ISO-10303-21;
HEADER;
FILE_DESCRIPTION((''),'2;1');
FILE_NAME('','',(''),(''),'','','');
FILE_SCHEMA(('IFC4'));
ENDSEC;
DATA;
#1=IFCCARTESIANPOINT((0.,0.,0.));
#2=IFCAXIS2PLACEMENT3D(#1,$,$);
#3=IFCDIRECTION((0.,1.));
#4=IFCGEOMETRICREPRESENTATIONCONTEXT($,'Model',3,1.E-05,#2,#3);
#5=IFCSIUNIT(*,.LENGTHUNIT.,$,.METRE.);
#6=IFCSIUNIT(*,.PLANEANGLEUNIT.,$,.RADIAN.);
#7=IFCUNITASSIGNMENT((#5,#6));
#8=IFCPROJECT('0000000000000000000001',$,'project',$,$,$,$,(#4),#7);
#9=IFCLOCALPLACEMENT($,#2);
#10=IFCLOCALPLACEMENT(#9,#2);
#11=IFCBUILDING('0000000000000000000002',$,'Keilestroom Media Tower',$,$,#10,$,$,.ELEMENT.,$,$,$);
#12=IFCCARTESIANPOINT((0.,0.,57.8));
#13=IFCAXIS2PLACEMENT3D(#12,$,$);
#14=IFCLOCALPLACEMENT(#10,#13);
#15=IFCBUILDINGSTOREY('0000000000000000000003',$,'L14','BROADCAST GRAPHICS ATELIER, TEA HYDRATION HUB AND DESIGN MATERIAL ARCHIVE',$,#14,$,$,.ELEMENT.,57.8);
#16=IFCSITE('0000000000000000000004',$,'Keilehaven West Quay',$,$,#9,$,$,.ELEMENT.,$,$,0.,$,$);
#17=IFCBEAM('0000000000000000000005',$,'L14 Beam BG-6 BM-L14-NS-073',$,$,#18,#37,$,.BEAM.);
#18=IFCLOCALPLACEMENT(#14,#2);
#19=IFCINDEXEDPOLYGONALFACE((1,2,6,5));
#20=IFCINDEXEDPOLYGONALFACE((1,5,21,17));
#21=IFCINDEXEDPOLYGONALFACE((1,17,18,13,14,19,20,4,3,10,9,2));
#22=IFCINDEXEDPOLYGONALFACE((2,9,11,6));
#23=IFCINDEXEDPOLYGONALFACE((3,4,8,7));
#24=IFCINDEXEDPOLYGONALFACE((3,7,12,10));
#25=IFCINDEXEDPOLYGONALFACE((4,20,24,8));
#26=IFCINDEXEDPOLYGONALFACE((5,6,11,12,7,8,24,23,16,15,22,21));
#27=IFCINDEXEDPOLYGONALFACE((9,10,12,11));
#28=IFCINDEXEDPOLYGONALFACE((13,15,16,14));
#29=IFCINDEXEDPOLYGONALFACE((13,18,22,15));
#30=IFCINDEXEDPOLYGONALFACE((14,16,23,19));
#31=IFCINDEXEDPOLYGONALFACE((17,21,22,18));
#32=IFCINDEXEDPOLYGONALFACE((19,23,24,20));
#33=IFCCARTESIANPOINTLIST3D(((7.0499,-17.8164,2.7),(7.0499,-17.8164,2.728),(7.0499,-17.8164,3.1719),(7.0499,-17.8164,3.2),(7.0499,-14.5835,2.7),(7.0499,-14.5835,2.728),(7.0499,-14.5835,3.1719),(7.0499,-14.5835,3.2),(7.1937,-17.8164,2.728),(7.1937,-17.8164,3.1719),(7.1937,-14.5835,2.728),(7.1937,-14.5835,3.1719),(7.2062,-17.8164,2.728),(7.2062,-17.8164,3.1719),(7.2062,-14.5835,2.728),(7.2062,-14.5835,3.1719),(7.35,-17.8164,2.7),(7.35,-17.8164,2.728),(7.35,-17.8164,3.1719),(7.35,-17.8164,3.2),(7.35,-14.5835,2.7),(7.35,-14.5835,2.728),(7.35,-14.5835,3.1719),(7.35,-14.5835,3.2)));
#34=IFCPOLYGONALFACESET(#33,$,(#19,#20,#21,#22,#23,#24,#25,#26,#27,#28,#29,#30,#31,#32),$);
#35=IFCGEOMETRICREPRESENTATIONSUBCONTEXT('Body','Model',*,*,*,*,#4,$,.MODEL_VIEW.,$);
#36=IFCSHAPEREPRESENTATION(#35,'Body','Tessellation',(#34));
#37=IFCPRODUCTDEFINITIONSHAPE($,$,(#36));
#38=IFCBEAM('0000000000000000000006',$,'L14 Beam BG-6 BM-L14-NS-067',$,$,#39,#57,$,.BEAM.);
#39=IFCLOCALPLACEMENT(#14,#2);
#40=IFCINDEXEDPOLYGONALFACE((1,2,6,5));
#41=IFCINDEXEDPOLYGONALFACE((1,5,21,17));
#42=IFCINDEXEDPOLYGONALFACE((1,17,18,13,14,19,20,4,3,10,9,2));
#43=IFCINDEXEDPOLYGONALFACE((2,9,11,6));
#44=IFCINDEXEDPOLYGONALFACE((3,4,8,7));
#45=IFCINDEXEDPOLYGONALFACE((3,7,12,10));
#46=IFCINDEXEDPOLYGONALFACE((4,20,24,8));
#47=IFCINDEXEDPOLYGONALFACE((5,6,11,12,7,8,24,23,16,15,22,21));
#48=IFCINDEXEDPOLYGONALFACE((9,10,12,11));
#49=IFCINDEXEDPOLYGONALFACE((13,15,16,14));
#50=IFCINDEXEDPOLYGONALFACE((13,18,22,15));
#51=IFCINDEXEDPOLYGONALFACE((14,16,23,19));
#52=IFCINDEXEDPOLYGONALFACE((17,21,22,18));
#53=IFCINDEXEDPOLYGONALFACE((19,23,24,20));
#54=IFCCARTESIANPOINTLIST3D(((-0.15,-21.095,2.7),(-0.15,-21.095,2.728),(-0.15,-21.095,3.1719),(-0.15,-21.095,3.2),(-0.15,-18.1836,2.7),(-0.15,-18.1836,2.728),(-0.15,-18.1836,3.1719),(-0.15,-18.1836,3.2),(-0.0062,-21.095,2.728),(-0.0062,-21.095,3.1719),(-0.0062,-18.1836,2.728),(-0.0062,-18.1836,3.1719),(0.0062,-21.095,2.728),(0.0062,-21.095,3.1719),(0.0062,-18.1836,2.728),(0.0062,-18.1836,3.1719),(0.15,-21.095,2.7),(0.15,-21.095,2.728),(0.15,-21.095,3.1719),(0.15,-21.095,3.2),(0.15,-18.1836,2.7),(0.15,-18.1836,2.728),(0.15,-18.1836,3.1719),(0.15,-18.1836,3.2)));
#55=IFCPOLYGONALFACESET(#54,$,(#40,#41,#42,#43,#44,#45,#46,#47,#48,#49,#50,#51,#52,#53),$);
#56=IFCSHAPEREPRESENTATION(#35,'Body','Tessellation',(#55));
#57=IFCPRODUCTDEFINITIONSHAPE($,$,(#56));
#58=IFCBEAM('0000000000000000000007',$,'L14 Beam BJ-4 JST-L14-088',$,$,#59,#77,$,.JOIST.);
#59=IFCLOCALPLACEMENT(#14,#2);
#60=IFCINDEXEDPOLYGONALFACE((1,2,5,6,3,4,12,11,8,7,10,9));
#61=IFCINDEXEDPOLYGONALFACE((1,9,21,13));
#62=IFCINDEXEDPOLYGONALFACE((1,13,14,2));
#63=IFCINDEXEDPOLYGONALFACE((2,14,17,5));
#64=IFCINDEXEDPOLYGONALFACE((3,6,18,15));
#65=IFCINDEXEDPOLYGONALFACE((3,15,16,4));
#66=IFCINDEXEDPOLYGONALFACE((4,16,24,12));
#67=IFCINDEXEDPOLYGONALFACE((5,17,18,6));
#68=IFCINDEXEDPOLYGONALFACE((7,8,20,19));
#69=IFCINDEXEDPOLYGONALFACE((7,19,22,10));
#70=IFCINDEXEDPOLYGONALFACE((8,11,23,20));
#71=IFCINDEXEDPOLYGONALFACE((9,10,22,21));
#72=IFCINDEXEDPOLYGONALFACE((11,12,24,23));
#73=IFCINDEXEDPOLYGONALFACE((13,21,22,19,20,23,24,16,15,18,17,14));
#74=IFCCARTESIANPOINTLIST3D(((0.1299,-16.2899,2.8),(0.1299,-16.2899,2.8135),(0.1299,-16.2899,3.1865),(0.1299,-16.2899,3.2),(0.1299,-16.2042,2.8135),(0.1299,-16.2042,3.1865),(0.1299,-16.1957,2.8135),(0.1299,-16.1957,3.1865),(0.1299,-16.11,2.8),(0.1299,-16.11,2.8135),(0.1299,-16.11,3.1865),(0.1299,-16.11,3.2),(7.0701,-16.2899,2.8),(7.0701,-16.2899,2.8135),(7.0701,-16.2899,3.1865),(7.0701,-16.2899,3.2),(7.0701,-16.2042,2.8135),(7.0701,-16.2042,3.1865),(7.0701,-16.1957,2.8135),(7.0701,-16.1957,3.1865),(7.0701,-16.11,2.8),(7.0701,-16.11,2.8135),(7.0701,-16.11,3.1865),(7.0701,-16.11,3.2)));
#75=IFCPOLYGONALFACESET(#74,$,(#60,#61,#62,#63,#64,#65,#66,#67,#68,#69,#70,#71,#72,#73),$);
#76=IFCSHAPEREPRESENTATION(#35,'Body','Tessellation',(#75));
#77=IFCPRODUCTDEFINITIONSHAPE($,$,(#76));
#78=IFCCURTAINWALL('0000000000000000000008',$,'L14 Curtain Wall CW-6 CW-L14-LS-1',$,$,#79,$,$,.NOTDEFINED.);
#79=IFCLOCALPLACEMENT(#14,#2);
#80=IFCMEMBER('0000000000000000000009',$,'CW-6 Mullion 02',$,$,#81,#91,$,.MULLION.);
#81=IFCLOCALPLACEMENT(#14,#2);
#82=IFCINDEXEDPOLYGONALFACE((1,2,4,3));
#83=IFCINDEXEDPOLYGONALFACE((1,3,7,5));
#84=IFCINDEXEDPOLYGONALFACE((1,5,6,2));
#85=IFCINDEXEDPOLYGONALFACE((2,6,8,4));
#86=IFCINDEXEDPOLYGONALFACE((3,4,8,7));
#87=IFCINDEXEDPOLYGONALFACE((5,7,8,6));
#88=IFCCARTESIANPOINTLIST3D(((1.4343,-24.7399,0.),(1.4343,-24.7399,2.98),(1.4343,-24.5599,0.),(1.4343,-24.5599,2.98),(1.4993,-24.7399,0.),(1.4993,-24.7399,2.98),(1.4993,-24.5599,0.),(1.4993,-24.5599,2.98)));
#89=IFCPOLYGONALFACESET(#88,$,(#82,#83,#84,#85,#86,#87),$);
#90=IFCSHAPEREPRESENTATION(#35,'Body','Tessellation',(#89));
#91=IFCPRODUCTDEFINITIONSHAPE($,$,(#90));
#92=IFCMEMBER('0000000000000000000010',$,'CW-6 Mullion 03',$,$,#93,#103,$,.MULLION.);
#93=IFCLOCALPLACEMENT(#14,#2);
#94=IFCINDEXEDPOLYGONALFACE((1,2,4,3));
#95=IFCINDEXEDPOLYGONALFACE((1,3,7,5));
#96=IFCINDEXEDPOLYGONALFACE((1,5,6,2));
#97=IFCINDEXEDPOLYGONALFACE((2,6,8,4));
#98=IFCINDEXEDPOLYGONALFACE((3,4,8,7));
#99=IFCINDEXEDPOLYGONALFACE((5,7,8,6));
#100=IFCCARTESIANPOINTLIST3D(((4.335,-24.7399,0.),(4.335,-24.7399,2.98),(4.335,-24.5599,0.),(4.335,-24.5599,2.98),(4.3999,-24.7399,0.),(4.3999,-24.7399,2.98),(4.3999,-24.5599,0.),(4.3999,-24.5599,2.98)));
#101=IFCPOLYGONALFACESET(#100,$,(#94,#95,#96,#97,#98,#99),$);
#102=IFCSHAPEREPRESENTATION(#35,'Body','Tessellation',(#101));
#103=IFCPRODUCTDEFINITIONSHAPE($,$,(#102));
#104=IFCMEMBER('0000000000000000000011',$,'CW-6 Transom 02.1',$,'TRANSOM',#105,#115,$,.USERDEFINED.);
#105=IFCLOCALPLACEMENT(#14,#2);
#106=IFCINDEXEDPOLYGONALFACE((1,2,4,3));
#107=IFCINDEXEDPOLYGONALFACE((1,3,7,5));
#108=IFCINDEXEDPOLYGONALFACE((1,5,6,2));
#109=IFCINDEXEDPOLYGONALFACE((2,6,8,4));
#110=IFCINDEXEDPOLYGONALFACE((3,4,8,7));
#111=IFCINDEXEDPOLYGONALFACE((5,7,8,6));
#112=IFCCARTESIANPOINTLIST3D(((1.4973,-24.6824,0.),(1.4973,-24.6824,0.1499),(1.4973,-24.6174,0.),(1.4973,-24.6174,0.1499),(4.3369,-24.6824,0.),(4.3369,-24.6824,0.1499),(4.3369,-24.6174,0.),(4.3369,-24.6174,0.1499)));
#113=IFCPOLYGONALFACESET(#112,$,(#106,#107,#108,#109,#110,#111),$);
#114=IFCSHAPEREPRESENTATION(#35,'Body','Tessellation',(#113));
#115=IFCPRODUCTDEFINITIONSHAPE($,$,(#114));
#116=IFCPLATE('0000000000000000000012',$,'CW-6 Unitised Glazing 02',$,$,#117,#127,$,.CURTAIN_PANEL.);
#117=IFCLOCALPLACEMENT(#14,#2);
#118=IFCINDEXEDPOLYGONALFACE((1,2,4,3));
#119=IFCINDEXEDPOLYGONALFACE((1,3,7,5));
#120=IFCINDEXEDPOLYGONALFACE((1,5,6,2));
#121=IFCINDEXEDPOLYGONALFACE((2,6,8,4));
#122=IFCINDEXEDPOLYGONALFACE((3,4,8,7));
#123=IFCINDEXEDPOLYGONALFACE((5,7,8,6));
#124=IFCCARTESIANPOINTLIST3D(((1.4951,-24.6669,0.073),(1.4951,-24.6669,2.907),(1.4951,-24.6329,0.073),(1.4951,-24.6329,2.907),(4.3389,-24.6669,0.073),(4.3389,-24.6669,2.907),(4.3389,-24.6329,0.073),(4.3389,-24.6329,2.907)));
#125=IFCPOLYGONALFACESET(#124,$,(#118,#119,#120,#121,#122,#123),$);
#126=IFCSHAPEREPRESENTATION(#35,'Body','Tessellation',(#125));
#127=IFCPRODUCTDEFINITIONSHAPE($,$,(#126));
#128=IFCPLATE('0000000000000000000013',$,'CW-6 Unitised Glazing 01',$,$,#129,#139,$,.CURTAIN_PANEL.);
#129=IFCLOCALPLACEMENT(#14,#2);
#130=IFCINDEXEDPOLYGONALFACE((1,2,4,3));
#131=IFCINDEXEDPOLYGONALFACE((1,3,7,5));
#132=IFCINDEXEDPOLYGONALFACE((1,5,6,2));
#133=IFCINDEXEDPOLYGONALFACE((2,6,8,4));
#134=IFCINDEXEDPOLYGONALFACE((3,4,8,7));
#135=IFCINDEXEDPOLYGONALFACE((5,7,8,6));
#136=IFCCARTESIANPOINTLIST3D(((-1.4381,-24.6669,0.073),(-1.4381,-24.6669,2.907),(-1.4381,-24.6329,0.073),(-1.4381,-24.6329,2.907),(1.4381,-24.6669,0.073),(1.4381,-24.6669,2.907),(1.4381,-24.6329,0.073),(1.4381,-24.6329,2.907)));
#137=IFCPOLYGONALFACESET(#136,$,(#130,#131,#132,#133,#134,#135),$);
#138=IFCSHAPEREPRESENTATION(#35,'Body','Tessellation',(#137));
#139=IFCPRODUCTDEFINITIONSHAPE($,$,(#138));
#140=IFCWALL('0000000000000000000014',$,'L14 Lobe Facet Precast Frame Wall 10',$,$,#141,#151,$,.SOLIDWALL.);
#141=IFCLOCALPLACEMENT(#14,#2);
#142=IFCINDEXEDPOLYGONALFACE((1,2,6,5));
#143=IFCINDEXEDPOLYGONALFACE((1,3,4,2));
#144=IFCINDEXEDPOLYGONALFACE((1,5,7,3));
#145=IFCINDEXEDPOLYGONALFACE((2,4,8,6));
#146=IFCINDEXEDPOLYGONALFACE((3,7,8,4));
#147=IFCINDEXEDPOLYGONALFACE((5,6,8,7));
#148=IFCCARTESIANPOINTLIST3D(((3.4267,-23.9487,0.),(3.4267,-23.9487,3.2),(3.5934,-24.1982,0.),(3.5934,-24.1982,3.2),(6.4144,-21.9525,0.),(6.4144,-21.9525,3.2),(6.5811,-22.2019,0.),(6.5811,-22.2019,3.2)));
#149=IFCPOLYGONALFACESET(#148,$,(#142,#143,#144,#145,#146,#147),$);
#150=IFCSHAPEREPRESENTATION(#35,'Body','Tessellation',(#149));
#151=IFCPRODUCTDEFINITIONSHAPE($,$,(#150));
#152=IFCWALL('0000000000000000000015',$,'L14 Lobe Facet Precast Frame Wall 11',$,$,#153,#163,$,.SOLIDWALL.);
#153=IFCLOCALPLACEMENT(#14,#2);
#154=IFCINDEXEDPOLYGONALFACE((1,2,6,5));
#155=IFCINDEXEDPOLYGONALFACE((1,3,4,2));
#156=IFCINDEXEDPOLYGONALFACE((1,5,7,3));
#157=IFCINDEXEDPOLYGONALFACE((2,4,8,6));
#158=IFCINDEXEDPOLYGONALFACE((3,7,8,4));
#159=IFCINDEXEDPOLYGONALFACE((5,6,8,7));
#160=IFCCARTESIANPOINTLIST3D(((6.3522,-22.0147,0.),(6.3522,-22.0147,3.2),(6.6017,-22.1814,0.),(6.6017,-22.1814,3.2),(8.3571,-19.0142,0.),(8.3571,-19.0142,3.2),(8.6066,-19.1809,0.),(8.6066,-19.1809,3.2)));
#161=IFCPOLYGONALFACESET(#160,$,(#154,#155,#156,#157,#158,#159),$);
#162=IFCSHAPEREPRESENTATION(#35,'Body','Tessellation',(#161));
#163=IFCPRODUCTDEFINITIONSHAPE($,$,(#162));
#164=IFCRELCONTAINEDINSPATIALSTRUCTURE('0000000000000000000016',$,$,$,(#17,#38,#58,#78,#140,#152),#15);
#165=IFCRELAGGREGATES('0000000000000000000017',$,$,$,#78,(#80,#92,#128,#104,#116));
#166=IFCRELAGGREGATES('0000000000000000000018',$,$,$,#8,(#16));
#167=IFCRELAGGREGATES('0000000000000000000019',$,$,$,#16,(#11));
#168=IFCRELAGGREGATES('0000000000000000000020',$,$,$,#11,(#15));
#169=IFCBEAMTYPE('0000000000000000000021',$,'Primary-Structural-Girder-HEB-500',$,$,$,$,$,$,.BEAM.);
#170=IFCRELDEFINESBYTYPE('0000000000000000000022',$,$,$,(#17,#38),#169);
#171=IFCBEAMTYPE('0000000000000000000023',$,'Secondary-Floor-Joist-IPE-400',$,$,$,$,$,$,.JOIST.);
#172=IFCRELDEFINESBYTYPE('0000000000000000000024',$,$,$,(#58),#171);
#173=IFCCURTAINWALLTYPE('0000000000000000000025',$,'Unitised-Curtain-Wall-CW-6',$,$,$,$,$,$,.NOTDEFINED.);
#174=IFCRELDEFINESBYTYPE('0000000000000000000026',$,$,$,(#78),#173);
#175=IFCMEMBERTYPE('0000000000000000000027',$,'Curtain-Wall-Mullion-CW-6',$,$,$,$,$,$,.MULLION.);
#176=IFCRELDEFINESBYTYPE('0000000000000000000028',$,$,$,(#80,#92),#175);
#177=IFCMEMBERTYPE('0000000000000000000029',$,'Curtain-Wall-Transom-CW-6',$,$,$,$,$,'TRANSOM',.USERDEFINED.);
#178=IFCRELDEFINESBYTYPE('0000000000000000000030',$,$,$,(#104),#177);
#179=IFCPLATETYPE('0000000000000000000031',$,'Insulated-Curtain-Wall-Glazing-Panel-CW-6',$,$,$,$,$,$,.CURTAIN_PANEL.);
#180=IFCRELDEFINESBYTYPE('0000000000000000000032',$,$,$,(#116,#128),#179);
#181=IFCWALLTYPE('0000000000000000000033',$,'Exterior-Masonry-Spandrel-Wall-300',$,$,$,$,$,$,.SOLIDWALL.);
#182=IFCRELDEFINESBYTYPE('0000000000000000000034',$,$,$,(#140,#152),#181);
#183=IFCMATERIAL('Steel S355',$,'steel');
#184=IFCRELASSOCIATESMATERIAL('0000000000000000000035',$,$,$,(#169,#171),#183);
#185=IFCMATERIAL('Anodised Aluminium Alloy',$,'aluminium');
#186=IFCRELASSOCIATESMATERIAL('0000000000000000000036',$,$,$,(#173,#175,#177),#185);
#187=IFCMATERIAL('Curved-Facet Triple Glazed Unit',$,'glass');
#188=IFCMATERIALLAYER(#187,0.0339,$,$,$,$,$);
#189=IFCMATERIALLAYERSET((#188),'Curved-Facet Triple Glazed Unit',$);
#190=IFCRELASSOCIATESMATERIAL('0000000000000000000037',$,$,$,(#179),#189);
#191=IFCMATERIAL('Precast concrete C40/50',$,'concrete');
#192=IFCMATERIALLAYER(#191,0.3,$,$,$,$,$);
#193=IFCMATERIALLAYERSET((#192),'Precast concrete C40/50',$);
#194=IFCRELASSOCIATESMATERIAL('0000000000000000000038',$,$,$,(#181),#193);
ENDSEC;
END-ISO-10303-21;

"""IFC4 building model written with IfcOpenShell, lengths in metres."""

from ifc_helpers import new_model, si_unit, direction, frame, frame_2d, origin, origin_2d, place, context, subcontext, project, spatial, rectangle, i_section, extrude, source, transform, mapped, material, layer, layer_set, material_profile, profile_set, type_object, element, aggregate, save


model = new_model("IFC4")

# Units and contexts
model_context = context("Model", 3, precision=1e-05, world=origin(), true_north=direction((0.0, 1.0)))
body_context = subcontext(model_context, "Body", "Model", "MODEL_VIEW")
ifc_project = project(units=[si_unit("LENGTHUNIT", "METRE"), si_unit("PLANEANGLEUNIT", "RADIAN")], contexts=[model_context])

# Site, building, storey
site_placement = place(None, origin())
site = spatial("IfcSite", under=ifc_project, at=site_placement, Name="Keilehaven West Quay", CompositionType="ELEMENT", RefElevation=0.0)
building_placement = place(site_placement, origin())
building = spatial("IfcBuilding", under=site, at=building_placement, Name="Keilestroom Media Tower", CompositionType="ELEMENT")
storey_placement = place(building_placement, frame((0.0, 0.0, 57.8)))
storey = spatial("IfcBuildingStorey", under=building, at=storey_placement, Name="L14", Description="BROADCAST GRAPHICS ATELIER, TEA HYDRATION HUB AND DESIGN MATERIAL ARCHIVE", CompositionType="ELEMENT", Elevation=57.8)

# Beams
ifc_material_1 = material(Name="Steel S355", Category="steel")
ifc_material_profile_1 = material_profile(ifc_material_1, i_section(OverallWidth=0.3, OverallDepth=0.5, WebThickness=0.0125, FlangeThickness=0.0281, at=origin_2d()), Name="HEB 500")
ifc_profile_set_1 = profile_set([ifc_material_profile_1], Name="Steel S355")
beam_type_1 = type_object("IfcBeamType", Name="Primary-Structural-Girder-HEB-500", PredefinedType="BEAM", material=ifc_profile_set_1)
shared_shape_1 = source(origin(), body_context, "Body", "SweptSolid", [
    extrude(i_section(OverallWidth=0.3, OverallDepth=0.5, WebThickness=0.0125, FlangeThickness=0.0281, at=origin_2d()), origin(), (0.0, 0.0, 1.0), 3.2329),
])
for number, where, z_axis, x_axis, name in (
    (1, (7.2, -17.8164, 2.95), (0.0, 1.0, 0.0), (-1.0, 0.0, 0.0), "L14 Beam BG-6 BM-L14-NS-073"),
):
    element("IfcBeam", number, at=place(storey_placement, frame(where, z_axis=z_axis, x_axis=x_axis)), inside=storey, type_object=beam_type_1, Name=name, PredefinedType="BEAM", context=body_context, shape_type="MappedRepresentation", body=[
        mapped(shared_shape_1, transform((0.0, 0.0, 0.0), x_axis=(1.0, 0.0, 0.0), y_axis=(0.0, 1.0, 0.0), z_axis=(0.0, 0.0, 1.0), scale=1.0)),
    ])
shared_shape_2 = source(origin(), body_context, "Body", "SweptSolid", [
    extrude(i_section(OverallWidth=0.3, OverallDepth=0.5, WebThickness=0.0125, FlangeThickness=0.0281, at=origin_2d()), origin(), (0.0, 0.0, 1.0), 2.9114),
])
beam_1_placement = place(storey_placement, frame((0.0, -21.095, 2.95), z_axis=(0.0, 1.0, 0.0), x_axis=(-1.0, 0.0, 0.0)))
element("IfcBeam", 2, at=beam_1_placement, inside=storey, type_object=beam_type_1, Name="L14 Beam BG-6 BM-L14-NS-067", PredefinedType="BEAM", context=body_context, shape_type="MappedRepresentation", body=[
    mapped(shared_shape_2, transform((0.0, 0.0, 0.0), x_axis=(1.0, 0.0, 0.0), y_axis=(0.0, 1.0, 0.0), z_axis=(0.0, 0.0, 1.0), scale=1.0)),
])
ifc_material_profile_2 = material_profile(ifc_material_1, i_section(OverallWidth=0.1799, OverallDepth=0.3999, WebThickness=0.0085, FlangeThickness=0.0134, at=origin_2d()), Name="IPE 400")
ifc_profile_set_2 = profile_set([ifc_material_profile_2], Name="Steel S355")
beam_type_2 = type_object("IfcBeamType", Name="Secondary-Floor-Joist-IPE-400", PredefinedType="JOIST", material=ifc_profile_set_2)
shared_shape_3 = source(origin(), body_context, "Body", "SweptSolid", [
    extrude(i_section(OverallWidth=0.1799, OverallDepth=0.3999, WebThickness=0.0085, FlangeThickness=0.0134, at=origin_2d()), origin(), (0.0, 0.0, 1.0), 6.9402),
])
beam_2_placement = place(storey_placement, frame((0.1299, -16.2, 3.0), z_axis=(1.0, 0.0, 0.0), x_axis=(0.0, 1.0, 0.0)))
element("IfcBeam", 3, at=beam_2_placement, inside=storey, type_object=beam_type_2, Name="L14 Beam BJ-4 JST-L14-088", PredefinedType="JOIST", context=body_context, shape_type="MappedRepresentation", body=[
    mapped(shared_shape_3, transform((0.0, 0.0, 0.0), x_axis=(1.0, 0.0, 0.0), y_axis=(0.0, 1.0, 0.0), z_axis=(0.0, 0.0, 1.0), scale=1.0)),
])

# Curtain wall, members, plates
ifc_material_2 = material(Name="Anodised Aluminium Alloy", Category="aluminium")
curtain_wall_type = type_object("IfcCurtainWallType", Name="Unitised-Curtain-Wall-CW-6", PredefinedType="NOTDEFINED", material=ifc_material_2)
curtain_wall_placement = place(storey_placement, origin())
curtain_wall = element("IfcCurtainWall", 4, at=curtain_wall_placement, inside=storey, type_object=curtain_wall_type, Name="L14 Curtain Wall CW-6 CW-L14-LS-1", PredefinedType="NOTDEFINED")
ifc_material_profile_3 = material_profile(ifc_material_2, rectangle(XDim=0.0649, YDim=0.1799, at=origin_2d()), Name="ALU MULLION 65x180")
ifc_profile_set_3 = profile_set([ifc_material_profile_3], Name="Anodised Aluminium Alloy")
member_type_1 = type_object("IfcMemberType", Name="Curtain-Wall-Mullion-CW-6", PredefinedType="MULLION", material=ifc_profile_set_3)
shared_shape_4 = source(origin(), body_context, "Body", "SweptSolid", [
    extrude(rectangle(XDim=0.0649, YDim=0.1799, at=origin_2d()), origin(), (0.0, 0.0, 1.0), 2.98),
])
member_1_placement = place(storey_placement, frame((1.4668, -24.6499, 0.0), z_axis=(0.0, 0.0, 1.0), x_axis=(1.0, 0.0, 0.0)))
member_1 = element("IfcMember", 5, at=member_1_placement, type_object=member_type_1, Name="CW-6 Mullion 02", PredefinedType="MULLION", context=body_context, shape_type="MappedRepresentation", body=[
    mapped(shared_shape_4, transform((0.0, 0.0, 0.0), x_axis=(1.0, 0.0, 0.0), y_axis=(0.0, 1.0, 0.0), z_axis=(0.0, 0.0, 1.0), scale=1.0)),
])
member_2_placement = place(storey_placement, frame((4.3674, -24.6499, 0.0), z_axis=(0.0, 0.0, 1.0), x_axis=(1.0, 0.0, 0.0)))
member_2 = element("IfcMember", 6, at=member_2_placement, type_object=member_type_1, Name="CW-6 Mullion 03", PredefinedType="MULLION", context=body_context, shape_type="MappedRepresentation", body=[
    mapped(shared_shape_4, transform((0.0, 0.0, 0.0), x_axis=(1.0, 0.0, 0.0), y_axis=(0.0, 1.0, 0.0), z_axis=(0.0, 0.0, 1.0), scale=1.0)),
])
ifc_material_profile_4 = material_profile(ifc_material_2, rectangle(XDim=0.0649, YDim=0.1499, at=origin_2d()), Name="ALU TRANSOM 65x150")
ifc_profile_set_4 = profile_set([ifc_material_profile_4], Name="Anodised Aluminium Alloy")
member_type_2 = type_object("IfcMemberType", Name="Curtain-Wall-Transom-CW-6", ElementType="TRANSOM", PredefinedType="USERDEFINED", material=ifc_profile_set_4)
shared_shape_5 = source(origin(), body_context, "Body", "SweptSolid", [
    extrude(rectangle(XDim=0.0649, YDim=0.1499, at=origin_2d()), origin(), (0.0, 0.0, 1.0), 2.8396),
])
member_3_placement = place(storey_placement, frame((1.4973, -24.6499, 0.075), z_axis=(1.0, 0.0, 0.0), x_axis=(0.0, 1.0, 0.0)))
member_3 = element("IfcMember", 7, at=member_3_placement, type_object=member_type_2, Name="CW-6 Transom 02.1", ObjectType="TRANSOM", PredefinedType="USERDEFINED", context=body_context, shape_type="MappedRepresentation", body=[
    mapped(shared_shape_5, transform((0.0, 0.0, 0.0), x_axis=(1.0, 0.0, 0.0), y_axis=(0.0, 1.0, 0.0), z_axis=(0.0, 0.0, 1.0), scale=1.0)),
])
ifc_material_3 = material(Name="Curved-Facet Triple Glazed Unit", Category="glass")
ifc_layer_1 = layer(ifc_material_3, 0.0339)
ifc_layer_set_1 = layer_set([ifc_layer_1], Name="Curved-Facet Triple Glazed Unit")
plate_type = type_object("IfcPlateType", Name="Insulated-Curtain-Wall-Glazing-Panel-CW-6", PredefinedType="CURTAIN_PANEL", material=ifc_layer_set_1)
shared_shape_6 = source(origin(), body_context, "Body", "SweptSolid", [
    extrude(rectangle(XDim=2.8438, YDim=0.0339, at=origin_2d()), origin(), (0.0, 0.0, 1.0), 2.834),
])
plate_1_placement = place(storey_placement, frame((2.917, -24.6499, 0.073), z_axis=(0.0, 0.0, 1.0), x_axis=(1.0, 0.0, 0.0)))
plate_1 = element("IfcPlate", 8, at=plate_1_placement, type_object=plate_type, Name="CW-6 Unitised Glazing 02", PredefinedType="CURTAIN_PANEL", context=body_context, shape_type="MappedRepresentation", body=[
    mapped(shared_shape_6, transform((0.0, 0.0, 0.0), x_axis=(1.0, 0.0, 0.0), y_axis=(0.0, 1.0, 0.0), z_axis=(0.0, 0.0, 1.0), scale=1.0)),
])
shared_shape_7 = source(origin(), body_context, "Body", "SweptSolid", [
    extrude(rectangle(XDim=2.8762, YDim=0.0339, at=origin_2d()), origin(), (0.0, 0.0, 1.0), 2.834),
])
plate_2_placement = place(storey_placement, frame((0.0, -24.6499, 0.073), z_axis=(0.0, 0.0, 1.0), x_axis=(1.0, 0.0, 0.0)))
plate_2 = element("IfcPlate", 9, at=plate_2_placement, type_object=plate_type, Name="CW-6 Unitised Glazing 01", PredefinedType="CURTAIN_PANEL", context=body_context, shape_type="MappedRepresentation", body=[
    mapped(shared_shape_7, transform((0.0, 0.0, 0.0), x_axis=(1.0, 0.0, 0.0), y_axis=(0.0, 1.0, 0.0), z_axis=(0.0, 0.0, 1.0), scale=1.0)),
])
aggregate(curtain_wall, [member_1, member_2, plate_2, member_3, plate_1])

# Walls
ifc_material_4 = material(Name="Precast concrete C40/50", Category="concrete")
ifc_layer_2 = layer(ifc_material_4, 0.3)
ifc_layer_set_2 = layer_set([ifc_layer_2], Name="Precast concrete C40/50")
wall_type_1 = type_object("IfcWallType", Name="Exterior-Masonry-Spandrel-Wall-300", PredefinedType="SOLIDWALL", material=ifc_layer_set_2)
wall_1_placement = place(storey_placement, frame((3.51, -24.0735, 0.0), z_axis=(0.0, 0.0, 1.0), x_axis=(0.831475, 0.555562, 0.0)))
element("IfcWall", 10, at=wall_1_placement, inside=storey, type_object=wall_type_1, Name="L14 Lobe Facet Precast Frame Wall 10", PredefinedType="SOLIDWALL", context=body_context, shape_type="SweptSolid", body=[
    extrude(rectangle(XDim=3.5933, YDim=0.3, at=frame_2d((1.7966, 0.0))), origin(), (0.0, 0.0, 1.0), 3.2),
])
for number, where, z_axis, x_axis, name in (
    (11, (6.4771, -22.0979, 0.0), (0.0, 0.0, 1.0), (0.555574, 0.831467, 0.0), "L14 Lobe Facet Precast Frame Wall 11"),
):
    element("IfcWall", number, at=place(storey_placement, frame(where, z_axis=z_axis, x_axis=x_axis)), inside=storey, type_object=wall_type_1, Name=name, PredefinedType="SOLIDWALL", context=body_context, shape_type="SweptSolid", body=[
        extrude(rectangle(XDim=3.6086, YDim=0.3, at=frame_2d((1.8042, 0.0))), origin(), (0.0, 0.0, 1.0), 3.2),
    ])

save(model, "model.ifc")
